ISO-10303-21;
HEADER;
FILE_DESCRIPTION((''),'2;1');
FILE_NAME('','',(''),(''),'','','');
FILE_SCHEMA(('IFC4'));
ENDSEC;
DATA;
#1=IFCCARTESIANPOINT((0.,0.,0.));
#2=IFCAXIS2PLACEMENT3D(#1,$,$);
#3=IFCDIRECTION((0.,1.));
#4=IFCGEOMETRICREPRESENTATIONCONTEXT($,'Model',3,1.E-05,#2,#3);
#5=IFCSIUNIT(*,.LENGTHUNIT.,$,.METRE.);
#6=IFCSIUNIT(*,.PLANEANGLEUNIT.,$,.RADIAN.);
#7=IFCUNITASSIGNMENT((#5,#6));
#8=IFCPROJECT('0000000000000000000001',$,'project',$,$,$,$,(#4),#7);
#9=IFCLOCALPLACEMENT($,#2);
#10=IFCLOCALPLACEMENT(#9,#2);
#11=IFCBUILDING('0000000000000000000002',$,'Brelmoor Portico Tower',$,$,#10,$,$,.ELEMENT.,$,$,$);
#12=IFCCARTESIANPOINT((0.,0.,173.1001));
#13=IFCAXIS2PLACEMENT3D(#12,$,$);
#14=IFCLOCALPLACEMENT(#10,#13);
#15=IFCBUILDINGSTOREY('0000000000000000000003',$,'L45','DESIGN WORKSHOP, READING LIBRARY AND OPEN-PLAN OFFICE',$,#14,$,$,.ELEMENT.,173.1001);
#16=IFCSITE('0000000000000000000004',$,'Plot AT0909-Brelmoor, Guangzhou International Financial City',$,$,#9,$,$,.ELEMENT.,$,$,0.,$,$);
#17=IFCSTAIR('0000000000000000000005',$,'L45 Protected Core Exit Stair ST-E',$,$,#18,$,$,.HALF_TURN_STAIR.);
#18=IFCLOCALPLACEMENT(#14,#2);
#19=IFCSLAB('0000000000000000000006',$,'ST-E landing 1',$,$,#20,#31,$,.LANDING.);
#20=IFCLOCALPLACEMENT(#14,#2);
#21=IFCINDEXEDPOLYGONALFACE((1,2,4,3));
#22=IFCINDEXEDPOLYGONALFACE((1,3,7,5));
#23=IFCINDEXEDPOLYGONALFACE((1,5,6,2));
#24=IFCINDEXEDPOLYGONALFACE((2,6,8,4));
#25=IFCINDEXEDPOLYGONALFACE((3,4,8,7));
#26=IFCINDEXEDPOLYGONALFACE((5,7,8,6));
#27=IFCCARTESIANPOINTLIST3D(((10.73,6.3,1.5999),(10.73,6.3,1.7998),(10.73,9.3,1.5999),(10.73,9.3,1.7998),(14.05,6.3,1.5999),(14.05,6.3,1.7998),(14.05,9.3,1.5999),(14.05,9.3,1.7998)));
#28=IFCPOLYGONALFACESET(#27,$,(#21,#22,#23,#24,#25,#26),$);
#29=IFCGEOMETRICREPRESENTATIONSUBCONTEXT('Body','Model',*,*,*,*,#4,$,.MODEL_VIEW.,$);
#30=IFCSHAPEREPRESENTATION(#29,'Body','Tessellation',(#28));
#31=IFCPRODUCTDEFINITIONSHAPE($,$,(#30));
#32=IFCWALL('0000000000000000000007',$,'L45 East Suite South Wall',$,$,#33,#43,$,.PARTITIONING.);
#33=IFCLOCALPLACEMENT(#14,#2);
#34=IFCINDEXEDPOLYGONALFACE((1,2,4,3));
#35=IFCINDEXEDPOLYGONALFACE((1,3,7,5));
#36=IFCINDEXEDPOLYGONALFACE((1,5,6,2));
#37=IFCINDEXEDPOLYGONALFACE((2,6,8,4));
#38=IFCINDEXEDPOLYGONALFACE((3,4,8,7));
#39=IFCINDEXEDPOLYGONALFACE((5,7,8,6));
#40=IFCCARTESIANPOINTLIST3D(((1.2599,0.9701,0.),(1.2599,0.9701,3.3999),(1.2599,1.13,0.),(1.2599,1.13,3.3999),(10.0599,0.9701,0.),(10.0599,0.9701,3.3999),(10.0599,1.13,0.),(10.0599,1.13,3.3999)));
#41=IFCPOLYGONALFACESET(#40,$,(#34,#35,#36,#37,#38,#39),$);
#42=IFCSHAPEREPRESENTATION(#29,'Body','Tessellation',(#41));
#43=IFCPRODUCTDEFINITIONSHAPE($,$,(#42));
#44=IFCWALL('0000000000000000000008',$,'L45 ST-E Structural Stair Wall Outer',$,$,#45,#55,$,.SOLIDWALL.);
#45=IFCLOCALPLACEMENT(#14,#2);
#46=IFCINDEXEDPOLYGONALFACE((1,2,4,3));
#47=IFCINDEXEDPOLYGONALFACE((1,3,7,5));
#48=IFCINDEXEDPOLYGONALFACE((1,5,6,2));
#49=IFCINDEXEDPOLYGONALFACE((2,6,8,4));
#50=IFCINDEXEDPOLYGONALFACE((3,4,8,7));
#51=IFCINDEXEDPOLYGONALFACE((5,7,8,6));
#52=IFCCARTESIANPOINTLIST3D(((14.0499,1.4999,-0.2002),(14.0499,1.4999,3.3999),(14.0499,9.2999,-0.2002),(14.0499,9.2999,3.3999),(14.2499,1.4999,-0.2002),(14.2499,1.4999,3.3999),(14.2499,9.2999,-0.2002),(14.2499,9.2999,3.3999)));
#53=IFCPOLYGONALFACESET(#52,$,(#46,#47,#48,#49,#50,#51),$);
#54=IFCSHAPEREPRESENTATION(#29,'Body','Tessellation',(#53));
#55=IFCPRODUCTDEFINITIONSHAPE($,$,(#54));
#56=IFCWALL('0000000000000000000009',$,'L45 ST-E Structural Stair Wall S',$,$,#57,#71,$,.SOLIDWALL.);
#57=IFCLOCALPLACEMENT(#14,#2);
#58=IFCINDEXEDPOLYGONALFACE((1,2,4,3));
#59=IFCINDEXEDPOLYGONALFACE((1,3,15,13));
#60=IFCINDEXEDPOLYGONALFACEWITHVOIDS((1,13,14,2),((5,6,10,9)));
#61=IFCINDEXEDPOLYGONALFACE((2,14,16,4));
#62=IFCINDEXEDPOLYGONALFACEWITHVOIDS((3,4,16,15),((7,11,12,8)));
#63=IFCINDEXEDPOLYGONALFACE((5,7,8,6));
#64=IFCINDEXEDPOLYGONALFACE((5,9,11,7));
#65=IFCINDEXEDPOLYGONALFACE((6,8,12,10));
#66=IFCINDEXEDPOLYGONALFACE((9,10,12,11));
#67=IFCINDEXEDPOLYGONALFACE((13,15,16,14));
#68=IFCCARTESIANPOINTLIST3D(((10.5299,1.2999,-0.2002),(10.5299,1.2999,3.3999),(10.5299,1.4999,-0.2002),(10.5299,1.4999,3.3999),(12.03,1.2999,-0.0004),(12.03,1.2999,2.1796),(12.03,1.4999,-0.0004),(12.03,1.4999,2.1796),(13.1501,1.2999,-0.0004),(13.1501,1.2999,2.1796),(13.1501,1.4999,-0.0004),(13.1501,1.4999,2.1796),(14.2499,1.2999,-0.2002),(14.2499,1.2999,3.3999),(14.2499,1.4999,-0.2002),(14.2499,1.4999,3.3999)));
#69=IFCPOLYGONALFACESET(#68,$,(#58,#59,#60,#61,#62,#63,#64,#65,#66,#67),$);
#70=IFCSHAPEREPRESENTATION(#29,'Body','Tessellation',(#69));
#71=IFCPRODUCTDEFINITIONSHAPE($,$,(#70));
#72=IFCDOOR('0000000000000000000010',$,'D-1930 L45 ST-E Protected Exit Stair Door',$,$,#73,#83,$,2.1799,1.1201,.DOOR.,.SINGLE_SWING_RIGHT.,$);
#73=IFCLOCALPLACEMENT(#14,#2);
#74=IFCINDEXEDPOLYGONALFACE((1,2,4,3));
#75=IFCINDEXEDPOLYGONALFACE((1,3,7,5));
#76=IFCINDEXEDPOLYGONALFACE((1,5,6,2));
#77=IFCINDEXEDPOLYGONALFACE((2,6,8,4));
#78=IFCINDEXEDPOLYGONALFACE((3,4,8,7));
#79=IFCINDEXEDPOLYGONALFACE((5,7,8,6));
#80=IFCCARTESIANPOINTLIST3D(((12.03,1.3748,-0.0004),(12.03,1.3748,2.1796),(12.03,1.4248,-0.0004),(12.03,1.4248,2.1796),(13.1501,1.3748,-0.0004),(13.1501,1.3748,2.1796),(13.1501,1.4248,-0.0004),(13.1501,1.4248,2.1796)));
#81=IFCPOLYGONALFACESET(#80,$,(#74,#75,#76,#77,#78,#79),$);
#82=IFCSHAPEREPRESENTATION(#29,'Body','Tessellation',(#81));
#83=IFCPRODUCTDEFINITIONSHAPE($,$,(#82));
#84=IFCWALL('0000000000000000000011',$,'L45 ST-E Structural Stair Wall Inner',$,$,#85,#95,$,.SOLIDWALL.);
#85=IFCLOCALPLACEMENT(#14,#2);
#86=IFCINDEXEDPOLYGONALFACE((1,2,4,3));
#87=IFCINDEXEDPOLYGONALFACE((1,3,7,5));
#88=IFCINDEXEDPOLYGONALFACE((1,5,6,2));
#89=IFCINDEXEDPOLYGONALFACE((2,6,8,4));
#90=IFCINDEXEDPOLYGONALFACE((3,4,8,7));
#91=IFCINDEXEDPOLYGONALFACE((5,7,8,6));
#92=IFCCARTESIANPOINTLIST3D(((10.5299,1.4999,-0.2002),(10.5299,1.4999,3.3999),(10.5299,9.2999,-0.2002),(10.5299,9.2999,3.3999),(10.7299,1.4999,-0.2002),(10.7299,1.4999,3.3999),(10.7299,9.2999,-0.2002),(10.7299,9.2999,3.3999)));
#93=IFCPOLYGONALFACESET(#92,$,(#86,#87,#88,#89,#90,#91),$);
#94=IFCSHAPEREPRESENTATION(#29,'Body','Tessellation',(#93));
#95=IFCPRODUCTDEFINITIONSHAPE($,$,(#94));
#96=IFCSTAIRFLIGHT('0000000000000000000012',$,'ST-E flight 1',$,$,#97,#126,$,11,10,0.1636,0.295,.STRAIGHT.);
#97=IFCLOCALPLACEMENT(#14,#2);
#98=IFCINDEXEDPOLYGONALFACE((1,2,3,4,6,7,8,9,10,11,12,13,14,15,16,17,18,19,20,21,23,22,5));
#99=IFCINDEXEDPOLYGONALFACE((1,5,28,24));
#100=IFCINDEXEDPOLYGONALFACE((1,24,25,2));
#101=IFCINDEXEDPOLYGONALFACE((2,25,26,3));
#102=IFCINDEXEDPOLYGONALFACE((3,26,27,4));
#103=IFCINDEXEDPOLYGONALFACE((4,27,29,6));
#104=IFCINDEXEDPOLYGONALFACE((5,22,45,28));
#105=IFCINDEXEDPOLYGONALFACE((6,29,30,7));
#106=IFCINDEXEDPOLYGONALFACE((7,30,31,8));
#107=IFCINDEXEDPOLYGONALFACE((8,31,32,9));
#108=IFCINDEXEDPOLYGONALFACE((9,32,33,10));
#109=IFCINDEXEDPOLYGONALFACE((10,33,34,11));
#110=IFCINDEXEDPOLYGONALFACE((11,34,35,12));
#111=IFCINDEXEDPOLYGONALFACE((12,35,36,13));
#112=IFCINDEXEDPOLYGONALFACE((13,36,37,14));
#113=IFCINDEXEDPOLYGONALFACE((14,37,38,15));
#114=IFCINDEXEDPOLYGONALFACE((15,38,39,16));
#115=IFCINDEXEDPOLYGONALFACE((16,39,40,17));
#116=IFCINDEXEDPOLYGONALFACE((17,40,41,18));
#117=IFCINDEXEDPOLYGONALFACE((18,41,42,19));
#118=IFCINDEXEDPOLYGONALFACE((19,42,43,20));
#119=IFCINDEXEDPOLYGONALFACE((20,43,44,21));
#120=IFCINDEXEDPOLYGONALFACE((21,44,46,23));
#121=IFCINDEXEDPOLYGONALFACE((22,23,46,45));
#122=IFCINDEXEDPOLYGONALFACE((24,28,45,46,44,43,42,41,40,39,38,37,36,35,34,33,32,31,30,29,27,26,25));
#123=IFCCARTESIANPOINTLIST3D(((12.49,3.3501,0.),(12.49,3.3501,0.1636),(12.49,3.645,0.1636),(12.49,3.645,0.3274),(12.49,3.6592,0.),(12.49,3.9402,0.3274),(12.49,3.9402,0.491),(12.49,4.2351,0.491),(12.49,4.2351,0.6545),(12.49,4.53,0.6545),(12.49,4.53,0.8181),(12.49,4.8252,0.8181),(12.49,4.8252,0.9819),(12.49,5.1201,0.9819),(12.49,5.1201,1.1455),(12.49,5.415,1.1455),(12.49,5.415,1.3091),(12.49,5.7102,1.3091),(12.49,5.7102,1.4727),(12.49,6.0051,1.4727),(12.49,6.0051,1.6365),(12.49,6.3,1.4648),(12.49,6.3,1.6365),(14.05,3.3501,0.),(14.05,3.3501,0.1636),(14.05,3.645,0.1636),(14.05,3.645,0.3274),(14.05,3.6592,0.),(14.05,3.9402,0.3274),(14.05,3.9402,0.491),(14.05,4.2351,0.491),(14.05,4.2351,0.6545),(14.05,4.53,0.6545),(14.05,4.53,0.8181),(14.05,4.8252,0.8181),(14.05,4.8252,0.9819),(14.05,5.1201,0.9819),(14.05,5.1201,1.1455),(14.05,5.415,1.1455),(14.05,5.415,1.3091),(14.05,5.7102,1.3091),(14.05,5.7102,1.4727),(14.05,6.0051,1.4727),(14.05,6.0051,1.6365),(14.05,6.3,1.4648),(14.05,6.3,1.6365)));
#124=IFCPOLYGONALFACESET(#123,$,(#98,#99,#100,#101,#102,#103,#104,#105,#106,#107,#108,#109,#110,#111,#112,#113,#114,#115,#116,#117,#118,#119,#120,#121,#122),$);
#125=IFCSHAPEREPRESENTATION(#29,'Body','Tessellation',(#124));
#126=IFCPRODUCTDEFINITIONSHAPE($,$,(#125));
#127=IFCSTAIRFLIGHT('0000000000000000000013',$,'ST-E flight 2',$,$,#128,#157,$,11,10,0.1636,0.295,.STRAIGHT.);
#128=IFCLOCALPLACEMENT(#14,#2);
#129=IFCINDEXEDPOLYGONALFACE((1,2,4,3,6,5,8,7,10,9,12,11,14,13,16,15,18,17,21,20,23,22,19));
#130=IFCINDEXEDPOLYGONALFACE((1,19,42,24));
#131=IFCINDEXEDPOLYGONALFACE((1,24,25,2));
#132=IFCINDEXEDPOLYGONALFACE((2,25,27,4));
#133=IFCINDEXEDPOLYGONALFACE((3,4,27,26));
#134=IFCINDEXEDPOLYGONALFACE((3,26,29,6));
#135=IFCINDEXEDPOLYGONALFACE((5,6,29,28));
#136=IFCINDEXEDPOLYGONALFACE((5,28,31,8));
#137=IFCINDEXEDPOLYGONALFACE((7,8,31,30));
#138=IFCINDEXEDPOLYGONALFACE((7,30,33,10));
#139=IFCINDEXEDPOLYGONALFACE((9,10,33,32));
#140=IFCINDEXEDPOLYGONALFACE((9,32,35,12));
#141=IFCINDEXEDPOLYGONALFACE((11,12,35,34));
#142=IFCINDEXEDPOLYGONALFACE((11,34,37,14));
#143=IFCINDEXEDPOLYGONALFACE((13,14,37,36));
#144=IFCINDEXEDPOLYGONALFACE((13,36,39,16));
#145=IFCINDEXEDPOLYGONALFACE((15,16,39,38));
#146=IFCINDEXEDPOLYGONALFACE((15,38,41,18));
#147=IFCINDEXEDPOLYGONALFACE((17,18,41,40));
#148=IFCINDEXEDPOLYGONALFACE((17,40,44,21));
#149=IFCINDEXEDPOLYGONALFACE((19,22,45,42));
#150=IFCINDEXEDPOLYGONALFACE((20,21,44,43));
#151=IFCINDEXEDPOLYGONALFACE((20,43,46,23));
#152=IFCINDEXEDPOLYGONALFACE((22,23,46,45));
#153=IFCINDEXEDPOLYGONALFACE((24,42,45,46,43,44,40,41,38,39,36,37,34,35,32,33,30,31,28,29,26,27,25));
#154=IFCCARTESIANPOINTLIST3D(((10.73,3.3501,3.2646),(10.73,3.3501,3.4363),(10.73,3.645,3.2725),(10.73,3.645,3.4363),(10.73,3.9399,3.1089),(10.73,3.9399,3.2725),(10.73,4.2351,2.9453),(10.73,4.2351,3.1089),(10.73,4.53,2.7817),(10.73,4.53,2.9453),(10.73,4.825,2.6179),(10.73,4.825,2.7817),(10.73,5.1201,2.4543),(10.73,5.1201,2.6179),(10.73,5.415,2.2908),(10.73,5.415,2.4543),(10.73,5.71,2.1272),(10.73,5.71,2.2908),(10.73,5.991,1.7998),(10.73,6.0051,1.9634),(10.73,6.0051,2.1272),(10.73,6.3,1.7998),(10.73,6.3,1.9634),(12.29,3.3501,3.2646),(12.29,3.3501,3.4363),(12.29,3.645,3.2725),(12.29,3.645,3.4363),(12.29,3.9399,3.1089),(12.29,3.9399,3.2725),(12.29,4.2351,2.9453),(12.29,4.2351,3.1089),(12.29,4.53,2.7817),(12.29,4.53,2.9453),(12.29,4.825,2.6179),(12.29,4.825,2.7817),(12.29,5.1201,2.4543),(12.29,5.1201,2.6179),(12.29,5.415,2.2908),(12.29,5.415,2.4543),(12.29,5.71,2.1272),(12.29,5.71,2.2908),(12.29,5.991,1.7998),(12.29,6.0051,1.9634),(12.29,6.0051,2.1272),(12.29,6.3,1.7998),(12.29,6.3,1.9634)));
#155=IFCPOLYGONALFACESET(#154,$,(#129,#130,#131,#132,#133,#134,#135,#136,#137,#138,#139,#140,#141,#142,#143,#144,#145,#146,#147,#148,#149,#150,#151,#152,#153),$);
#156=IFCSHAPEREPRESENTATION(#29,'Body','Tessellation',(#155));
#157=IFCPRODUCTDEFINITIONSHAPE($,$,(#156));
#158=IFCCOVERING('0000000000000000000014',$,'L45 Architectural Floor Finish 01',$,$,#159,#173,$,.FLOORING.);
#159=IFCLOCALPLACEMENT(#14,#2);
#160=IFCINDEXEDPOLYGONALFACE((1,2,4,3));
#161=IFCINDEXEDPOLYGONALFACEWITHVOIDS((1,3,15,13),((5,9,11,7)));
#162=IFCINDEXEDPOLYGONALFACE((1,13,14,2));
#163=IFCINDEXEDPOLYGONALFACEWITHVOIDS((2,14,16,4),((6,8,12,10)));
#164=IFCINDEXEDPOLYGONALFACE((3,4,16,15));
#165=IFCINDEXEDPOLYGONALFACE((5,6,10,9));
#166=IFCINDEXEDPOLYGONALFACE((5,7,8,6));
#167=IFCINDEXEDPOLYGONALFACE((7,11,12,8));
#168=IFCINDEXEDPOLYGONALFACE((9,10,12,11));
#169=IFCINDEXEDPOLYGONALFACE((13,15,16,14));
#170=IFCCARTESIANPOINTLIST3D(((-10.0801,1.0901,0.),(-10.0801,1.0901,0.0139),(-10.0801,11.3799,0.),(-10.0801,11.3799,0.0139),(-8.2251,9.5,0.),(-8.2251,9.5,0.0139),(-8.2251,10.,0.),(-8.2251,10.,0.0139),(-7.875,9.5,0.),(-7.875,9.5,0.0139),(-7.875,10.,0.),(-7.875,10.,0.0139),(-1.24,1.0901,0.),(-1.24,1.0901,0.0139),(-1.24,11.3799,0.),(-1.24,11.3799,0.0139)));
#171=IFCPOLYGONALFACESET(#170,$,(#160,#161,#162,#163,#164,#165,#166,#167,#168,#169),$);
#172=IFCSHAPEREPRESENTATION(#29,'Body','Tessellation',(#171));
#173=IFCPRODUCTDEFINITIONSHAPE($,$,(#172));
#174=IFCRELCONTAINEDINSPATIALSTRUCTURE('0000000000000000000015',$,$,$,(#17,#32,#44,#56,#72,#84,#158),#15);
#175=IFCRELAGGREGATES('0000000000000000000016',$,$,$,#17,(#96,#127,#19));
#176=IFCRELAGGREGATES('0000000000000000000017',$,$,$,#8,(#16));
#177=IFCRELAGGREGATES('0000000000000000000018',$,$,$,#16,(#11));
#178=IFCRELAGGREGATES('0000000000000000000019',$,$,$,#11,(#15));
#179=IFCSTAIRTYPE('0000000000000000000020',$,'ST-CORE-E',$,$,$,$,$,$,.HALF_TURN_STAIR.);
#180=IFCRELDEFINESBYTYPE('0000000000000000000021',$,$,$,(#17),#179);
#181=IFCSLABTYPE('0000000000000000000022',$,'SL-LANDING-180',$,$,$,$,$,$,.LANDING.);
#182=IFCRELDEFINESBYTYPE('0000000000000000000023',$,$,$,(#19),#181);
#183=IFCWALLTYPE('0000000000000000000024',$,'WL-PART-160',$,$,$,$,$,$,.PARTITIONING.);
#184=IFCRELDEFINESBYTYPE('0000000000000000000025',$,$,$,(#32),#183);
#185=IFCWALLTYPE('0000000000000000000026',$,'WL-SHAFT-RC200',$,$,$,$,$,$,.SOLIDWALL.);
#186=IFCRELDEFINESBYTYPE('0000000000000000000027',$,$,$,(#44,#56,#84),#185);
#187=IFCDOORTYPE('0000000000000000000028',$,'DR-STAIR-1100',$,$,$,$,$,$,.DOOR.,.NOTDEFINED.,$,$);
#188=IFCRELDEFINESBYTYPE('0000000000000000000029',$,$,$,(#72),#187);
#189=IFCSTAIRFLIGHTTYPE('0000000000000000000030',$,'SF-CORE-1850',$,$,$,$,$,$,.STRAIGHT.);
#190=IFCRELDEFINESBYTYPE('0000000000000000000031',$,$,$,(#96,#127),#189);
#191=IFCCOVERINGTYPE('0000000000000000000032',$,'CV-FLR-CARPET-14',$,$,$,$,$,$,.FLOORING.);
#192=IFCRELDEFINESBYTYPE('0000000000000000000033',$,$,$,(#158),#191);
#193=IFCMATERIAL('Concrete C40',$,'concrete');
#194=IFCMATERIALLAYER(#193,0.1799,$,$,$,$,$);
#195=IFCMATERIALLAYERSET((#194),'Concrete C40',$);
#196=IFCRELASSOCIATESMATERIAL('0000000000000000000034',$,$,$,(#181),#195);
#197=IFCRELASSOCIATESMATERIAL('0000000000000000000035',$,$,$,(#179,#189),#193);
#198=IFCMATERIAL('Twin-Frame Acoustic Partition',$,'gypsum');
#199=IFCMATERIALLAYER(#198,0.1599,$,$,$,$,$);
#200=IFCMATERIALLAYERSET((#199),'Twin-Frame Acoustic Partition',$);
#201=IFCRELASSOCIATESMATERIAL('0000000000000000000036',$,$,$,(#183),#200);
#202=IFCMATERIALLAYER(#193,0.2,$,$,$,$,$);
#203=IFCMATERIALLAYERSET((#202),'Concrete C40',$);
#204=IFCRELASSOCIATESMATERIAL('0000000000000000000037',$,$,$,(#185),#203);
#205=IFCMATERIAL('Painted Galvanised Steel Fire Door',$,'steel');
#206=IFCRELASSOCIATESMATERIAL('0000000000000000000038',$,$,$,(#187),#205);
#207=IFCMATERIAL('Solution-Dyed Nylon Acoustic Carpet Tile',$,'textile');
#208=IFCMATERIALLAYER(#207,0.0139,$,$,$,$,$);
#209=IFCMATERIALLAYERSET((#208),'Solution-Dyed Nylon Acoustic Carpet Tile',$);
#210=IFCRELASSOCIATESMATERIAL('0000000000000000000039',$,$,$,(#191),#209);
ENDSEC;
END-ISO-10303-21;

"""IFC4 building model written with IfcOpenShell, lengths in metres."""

from ifc_helpers import new_model, si_unit, direction, frame, frame_2d, origin, place, context, subcontext, project, spatial, polyline, rectangle, outline, extrude, material, layer, layer_set, type_object, element, fill, aggregate, save


model = new_model("IFC4")

# Units and contexts
model_context = context("Model", 3, precision=1e-05, world=origin(), true_north=direction((0.0, 1.0)))
body_context = subcontext(model_context, "Body", "Model", "MODEL_VIEW")
ifc_project = project(units=[si_unit("LENGTHUNIT", "METRE"), si_unit("PLANEANGLEUNIT", "RADIAN")], contexts=[model_context])

# Site, building, storey
site_placement = place(None, origin())
site = spatial("IfcSite", under=ifc_project, at=site_placement, Name="Plot AT0909-Brelmoor, Guangzhou International Financial City", CompositionType="ELEMENT", RefElevation=0.0)
building_placement = place(site_placement, origin())
building = spatial("IfcBuilding", under=site, at=building_placement, Name="Brelmoor Portico Tower", CompositionType="ELEMENT")
storey_placement = place(building_placement, frame((0.0, 0.0, 173.1001)))
storey = spatial("IfcBuildingStorey", under=building, at=storey_placement, Name="L45", Description="DESIGN WORKSHOP, READING LIBRARY AND OPEN-PLAN OFFICE", CompositionType="ELEMENT", Elevation=173.1001)

# Shared definitions
ifc_material_1 = material(Name="Concrete C40", Category="concrete")

# Stair, slab
ifc_layer_1 = layer(ifc_material_1, 0.1799)
ifc_layer_set_1 = layer_set([ifc_layer_1], Name="Concrete C40")
slab_type_1 = type_object("IfcSlabType", Name="SL-LANDING-180", PredefinedType="LANDING", material=ifc_layer_set_1)
stair_type_1 = type_object("IfcStairType", Name="ST-CORE-E", PredefinedType="HALF_TURN_STAIR", material=ifc_material_1)
stair_1_placement = place(storey_placement, origin())
stair_1 = element("IfcStair", 1, at=stair_1_placement, inside=storey, type_object=stair_type_1, Name="L45 Protected Core Exit Stair ST-E", PredefinedType="HALF_TURN_STAIR")
slab_1_placement = place(storey_placement, frame((0.0, 0.0, 1.5999)))
slab_1 = element("IfcSlab", 2, at=slab_1_placement, type_object=slab_type_1, Name="ST-E landing 1", PredefinedType="LANDING", context=body_context, shape_type="SweptSolid", body=[
    extrude(outline(polyline([(14.05, 6.3), (14.05, 9.3), (10.73, 9.3), (10.73, 6.3), (14.05, 6.3)])), origin(), (0.0, 0.0, 1.0), 0.2),
])

# Walls
ifc_material_2 = material(Name="Twin-Frame Acoustic Partition", Category="gypsum")
ifc_layer_2 = layer(ifc_material_2, 0.1599)
ifc_layer_set_2 = layer_set([ifc_layer_2], Name="Twin-Frame Acoustic Partition")
wall_type_1 = type_object("IfcWallType", Name="WL-PART-160", PredefinedType="PARTITIONING", material=ifc_layer_set_2)
wall_1_placement = place(storey_placement, frame((1.26, 1.05, 0.0), z_axis=(0.0, 0.0, 1.0), x_axis=(1.0, 0.0, 0.0)))
element("IfcWall", 3, at=wall_1_placement, inside=storey, type_object=wall_type_1, Name="L45 East Suite South Wall", PredefinedType="PARTITIONING", context=body_context, shape_type="SweptSolid", body=[
    extrude(rectangle(XDim=8.8, YDim=0.1599, at=frame_2d((4.3999, 0.0))), origin(), (0.0, 0.0, 1.0), 3.3999),
])
ifc_layer_3 = layer(ifc_material_1, 0.2)
ifc_layer_set_3 = layer_set([ifc_layer_3], Name="Concrete C40")
wall_type_2 = type_object("IfcWallType", Name="WL-SHAFT-RC200", PredefinedType="SOLIDWALL", material=ifc_layer_set_3)
wall_2_placement = place(storey_placement, frame((14.1499, 1.5, -0.2002), z_axis=(0.0, 0.0, 1.0), x_axis=(0.0, 1.0, 0.0)))
element("IfcWall", 4, at=wall_2_placement, inside=storey, type_object=wall_type_2, Name="L45 ST-E Structural Stair Wall Outer", PredefinedType="SOLIDWALL", context=body_context, shape_type="SweptSolid", body=[
    extrude(rectangle(XDim=7.8, YDim=0.2, at=frame_2d((3.8999, 0.0))), origin(), (0.0, 0.0, 1.0), 3.6001),
])

# Wall, opening, door
wall_3_placement = place(storey_placement, frame((10.53, 1.3999, -0.2002), z_axis=(0.0, 0.0, 1.0), x_axis=(1.0, 0.0, 0.0)))
wall_3 = element("IfcWall", 5, at=wall_3_placement, inside=storey, type_object=wall_type_2, Name="L45 ST-E Structural Stair Wall S", PredefinedType="SOLIDWALL", context=body_context, shape_type="SweptSolid", body=[
    extrude(rectangle(XDim=3.72, YDim=0.2, at=frame_2d((1.8599, 0.0))), origin(), (0.0, 0.0, 1.0), 3.6001),
])
opening_placement = place(wall_3_placement, frame((1.5, 0.0, 0.2)))
opening = element("IfcOpeningElement", 6, at=opening_placement, cuts=wall_3, PredefinedType="OPENING", context=body_context, shape_type="SweptSolid", body=[
    extrude(rectangle(XDim=1.1201, YDim=2.1799, at=frame_2d((0.5601, 1.0898))), frame((0.0, 0.1099, 0.0), z_axis=(0.0, -1.0, 0.0), x_axis=(1.0, 0.0, 0.0)), (0.0, 0.0, 1.0), 0.22),
])
ifc_material_3 = material(Name="Painted Galvanised Steel Fire Door", Category="steel")
door_type = type_object("IfcDoorType", Name="DR-STAIR-1100", OperationType="NOTDEFINED", PredefinedType="DOOR", material=ifc_material_3)
door_placement = place(opening_placement, origin())
door = element("IfcDoor", 7, at=door_placement, inside=storey, type_object=door_type, Name="D-1930 L45 ST-E Protected Exit Stair Door", OperationType="SINGLE_SWING_RIGHT", OverallHeight=2.1799, OverallWidth=1.1201, PredefinedType="DOOR", context=body_context, shape_type="SweptSolid", body=[
    extrude(rectangle(XDim=1.1201, YDim=2.1799, at=frame_2d((0.5601, 1.0898))), frame((0.0, 0.0249, 0.0), z_axis=(0.0, -1.0, 0.0), x_axis=(1.0, 0.0, 0.0)), (0.0, 0.0, 1.0), 0.05),
])
fill(opening, door)

# Wall
wall_4_placement = place(storey_placement, frame((10.6299, 1.5, -0.2002), z_axis=(0.0, 0.0, 1.0), x_axis=(0.0, 1.0, 0.0)))
element("IfcWall", 8, at=wall_4_placement, inside=storey, type_object=wall_type_2, Name="L45 ST-E Structural Stair Wall Inner", PredefinedType="SOLIDWALL", context=body_context, shape_type="SweptSolid", body=[
    extrude(rectangle(XDim=7.8, YDim=0.2, at=frame_2d((3.8999, 0.0))), origin(), (0.0, 0.0, 1.0), 3.6001),
])

# Stair flights
stair_flight_type = type_object("IfcStairFlightType", Name="SF-CORE-1850", PredefinedType="STRAIGHT", material=ifc_material_1)
stair_flight_1_placement = place(storey_placement, frame((13.27, 3.3501, 0.0), z_axis=(0.0, 0.0, 1.0), x_axis=(0.0, 1.0, 0.0)))
stair_flight_1 = element("IfcStairFlight", 9, at=stair_flight_1_placement, type_object=stair_flight_type, Name="ST-E flight 1", NumberOfRisers=11, NumberOfTreads=10, PredefinedType="STRAIGHT", RiserHeight=0.1636, TreadLength=0.295, context=body_context, shape_type="SweptSolid", body=[
    extrude(outline(polyline([(0.0, 0.0), (0.0, 0.1636), (0.2949, 0.1636), (0.2949, 0.3274), (0.5901, 0.3274), (0.5901, 0.491), (0.885, 0.491), (0.885, 0.6545), (1.1799, 0.6545), (1.1799, 0.8181), (1.4751, 0.8181), (1.4751, 0.9819), (1.77, 0.9819), (1.77, 1.1455), (2.0649, 1.1455), (2.0649, 1.3091), (2.3601, 1.3091), (2.3601, 1.4727), (2.655, 1.4727), (2.655, 1.6365), (2.95, 1.6365), (2.95, 1.8), (2.95, 1.4648), (0.3091, 0.0), (0.0, 0.0)])), frame((0.0, 0.78, 0.0), z_axis=(0.0, -1.0, 0.0), x_axis=(1.0, 0.0, 0.0)), (0.0, 0.0, 1.0), 1.5601),
])
stair_flight_2_placement = place(storey_placement, frame((11.51, 6.3, 1.7998), z_axis=(0.0, 0.0, 1.0), x_axis=(0.0, -1.0, 0.0)))
stair_flight_2 = element("IfcStairFlight", 10, at=stair_flight_2_placement, type_object=stair_flight_type, Name="ST-E flight 2", NumberOfRisers=11, NumberOfTreads=10, PredefinedType="STRAIGHT", RiserHeight=0.1636, TreadLength=0.295, context=body_context, shape_type="SweptSolid", body=[
    extrude(outline(polyline([(0.0, 0.0), (0.0, 0.1636), (0.2949, 0.1636), (0.2949, 0.3274), (0.5901, 0.3274), (0.5901, 0.491), (0.885, 0.491), (0.885, 0.6545), (1.1799, 0.6545), (1.1799, 0.8181), (1.4751, 0.8181), (1.4751, 0.9819), (1.77, 0.9819), (1.77, 1.1455), (2.0649, 1.1455), (2.0649, 1.3091), (2.3601, 1.3091), (2.3601, 1.4727), (2.655, 1.4727), (2.655, 1.6365), (2.95, 1.6365), (2.95, 1.8), (2.95, 1.4648), (0.3091, 0.0), (0.0, 0.0)])), frame((0.0, 0.78, 0.0), z_axis=(0.0, -1.0, 0.0), x_axis=(1.0, 0.0, 0.0)), (0.0, 0.0, 1.0), 1.5601),
])
aggregate(stair_1, [stair_flight_1, stair_flight_2, slab_1])

# Covering
ifc_material_4 = material(Name="Solution-Dyed Nylon Acoustic Carpet Tile", Category="textile")
ifc_layer_4 = layer(ifc_material_4, 0.0139)
ifc_layer_set_4 = layer_set([ifc_layer_4], Name="Solution-Dyed Nylon Acoustic Carpet Tile")
covering_type_1 = type_object("IfcCoveringType", Name="CV-FLR-CARPET-14", PredefinedType="FLOORING", material=ifc_layer_set_4)
covering_1_placement = place(storey_placement, origin())
element("IfcCovering", 11, at=covering_1_placement, inside=storey, type_object=covering_type_1, Name="L45 Architectural Floor Finish 01", PredefinedType="FLOORING", context=body_context, shape_type="SweptSolid", body=[
    extrude(outline(polyline([(-10.0801, 11.3799), (-1.24, 11.3799), (-1.24, 1.0901), (-10.0801, 1.0901), (-10.0801, 11.3799)]), holes=[polyline([(-7.875, 9.5), (-7.875, 10.0), (-8.2251, 10.0), (-8.2251, 9.5), (-7.875, 9.5)])]), origin(), (0.0, 0.0, 1.0), 0.0139),
])

save(model, "model.ifc")
